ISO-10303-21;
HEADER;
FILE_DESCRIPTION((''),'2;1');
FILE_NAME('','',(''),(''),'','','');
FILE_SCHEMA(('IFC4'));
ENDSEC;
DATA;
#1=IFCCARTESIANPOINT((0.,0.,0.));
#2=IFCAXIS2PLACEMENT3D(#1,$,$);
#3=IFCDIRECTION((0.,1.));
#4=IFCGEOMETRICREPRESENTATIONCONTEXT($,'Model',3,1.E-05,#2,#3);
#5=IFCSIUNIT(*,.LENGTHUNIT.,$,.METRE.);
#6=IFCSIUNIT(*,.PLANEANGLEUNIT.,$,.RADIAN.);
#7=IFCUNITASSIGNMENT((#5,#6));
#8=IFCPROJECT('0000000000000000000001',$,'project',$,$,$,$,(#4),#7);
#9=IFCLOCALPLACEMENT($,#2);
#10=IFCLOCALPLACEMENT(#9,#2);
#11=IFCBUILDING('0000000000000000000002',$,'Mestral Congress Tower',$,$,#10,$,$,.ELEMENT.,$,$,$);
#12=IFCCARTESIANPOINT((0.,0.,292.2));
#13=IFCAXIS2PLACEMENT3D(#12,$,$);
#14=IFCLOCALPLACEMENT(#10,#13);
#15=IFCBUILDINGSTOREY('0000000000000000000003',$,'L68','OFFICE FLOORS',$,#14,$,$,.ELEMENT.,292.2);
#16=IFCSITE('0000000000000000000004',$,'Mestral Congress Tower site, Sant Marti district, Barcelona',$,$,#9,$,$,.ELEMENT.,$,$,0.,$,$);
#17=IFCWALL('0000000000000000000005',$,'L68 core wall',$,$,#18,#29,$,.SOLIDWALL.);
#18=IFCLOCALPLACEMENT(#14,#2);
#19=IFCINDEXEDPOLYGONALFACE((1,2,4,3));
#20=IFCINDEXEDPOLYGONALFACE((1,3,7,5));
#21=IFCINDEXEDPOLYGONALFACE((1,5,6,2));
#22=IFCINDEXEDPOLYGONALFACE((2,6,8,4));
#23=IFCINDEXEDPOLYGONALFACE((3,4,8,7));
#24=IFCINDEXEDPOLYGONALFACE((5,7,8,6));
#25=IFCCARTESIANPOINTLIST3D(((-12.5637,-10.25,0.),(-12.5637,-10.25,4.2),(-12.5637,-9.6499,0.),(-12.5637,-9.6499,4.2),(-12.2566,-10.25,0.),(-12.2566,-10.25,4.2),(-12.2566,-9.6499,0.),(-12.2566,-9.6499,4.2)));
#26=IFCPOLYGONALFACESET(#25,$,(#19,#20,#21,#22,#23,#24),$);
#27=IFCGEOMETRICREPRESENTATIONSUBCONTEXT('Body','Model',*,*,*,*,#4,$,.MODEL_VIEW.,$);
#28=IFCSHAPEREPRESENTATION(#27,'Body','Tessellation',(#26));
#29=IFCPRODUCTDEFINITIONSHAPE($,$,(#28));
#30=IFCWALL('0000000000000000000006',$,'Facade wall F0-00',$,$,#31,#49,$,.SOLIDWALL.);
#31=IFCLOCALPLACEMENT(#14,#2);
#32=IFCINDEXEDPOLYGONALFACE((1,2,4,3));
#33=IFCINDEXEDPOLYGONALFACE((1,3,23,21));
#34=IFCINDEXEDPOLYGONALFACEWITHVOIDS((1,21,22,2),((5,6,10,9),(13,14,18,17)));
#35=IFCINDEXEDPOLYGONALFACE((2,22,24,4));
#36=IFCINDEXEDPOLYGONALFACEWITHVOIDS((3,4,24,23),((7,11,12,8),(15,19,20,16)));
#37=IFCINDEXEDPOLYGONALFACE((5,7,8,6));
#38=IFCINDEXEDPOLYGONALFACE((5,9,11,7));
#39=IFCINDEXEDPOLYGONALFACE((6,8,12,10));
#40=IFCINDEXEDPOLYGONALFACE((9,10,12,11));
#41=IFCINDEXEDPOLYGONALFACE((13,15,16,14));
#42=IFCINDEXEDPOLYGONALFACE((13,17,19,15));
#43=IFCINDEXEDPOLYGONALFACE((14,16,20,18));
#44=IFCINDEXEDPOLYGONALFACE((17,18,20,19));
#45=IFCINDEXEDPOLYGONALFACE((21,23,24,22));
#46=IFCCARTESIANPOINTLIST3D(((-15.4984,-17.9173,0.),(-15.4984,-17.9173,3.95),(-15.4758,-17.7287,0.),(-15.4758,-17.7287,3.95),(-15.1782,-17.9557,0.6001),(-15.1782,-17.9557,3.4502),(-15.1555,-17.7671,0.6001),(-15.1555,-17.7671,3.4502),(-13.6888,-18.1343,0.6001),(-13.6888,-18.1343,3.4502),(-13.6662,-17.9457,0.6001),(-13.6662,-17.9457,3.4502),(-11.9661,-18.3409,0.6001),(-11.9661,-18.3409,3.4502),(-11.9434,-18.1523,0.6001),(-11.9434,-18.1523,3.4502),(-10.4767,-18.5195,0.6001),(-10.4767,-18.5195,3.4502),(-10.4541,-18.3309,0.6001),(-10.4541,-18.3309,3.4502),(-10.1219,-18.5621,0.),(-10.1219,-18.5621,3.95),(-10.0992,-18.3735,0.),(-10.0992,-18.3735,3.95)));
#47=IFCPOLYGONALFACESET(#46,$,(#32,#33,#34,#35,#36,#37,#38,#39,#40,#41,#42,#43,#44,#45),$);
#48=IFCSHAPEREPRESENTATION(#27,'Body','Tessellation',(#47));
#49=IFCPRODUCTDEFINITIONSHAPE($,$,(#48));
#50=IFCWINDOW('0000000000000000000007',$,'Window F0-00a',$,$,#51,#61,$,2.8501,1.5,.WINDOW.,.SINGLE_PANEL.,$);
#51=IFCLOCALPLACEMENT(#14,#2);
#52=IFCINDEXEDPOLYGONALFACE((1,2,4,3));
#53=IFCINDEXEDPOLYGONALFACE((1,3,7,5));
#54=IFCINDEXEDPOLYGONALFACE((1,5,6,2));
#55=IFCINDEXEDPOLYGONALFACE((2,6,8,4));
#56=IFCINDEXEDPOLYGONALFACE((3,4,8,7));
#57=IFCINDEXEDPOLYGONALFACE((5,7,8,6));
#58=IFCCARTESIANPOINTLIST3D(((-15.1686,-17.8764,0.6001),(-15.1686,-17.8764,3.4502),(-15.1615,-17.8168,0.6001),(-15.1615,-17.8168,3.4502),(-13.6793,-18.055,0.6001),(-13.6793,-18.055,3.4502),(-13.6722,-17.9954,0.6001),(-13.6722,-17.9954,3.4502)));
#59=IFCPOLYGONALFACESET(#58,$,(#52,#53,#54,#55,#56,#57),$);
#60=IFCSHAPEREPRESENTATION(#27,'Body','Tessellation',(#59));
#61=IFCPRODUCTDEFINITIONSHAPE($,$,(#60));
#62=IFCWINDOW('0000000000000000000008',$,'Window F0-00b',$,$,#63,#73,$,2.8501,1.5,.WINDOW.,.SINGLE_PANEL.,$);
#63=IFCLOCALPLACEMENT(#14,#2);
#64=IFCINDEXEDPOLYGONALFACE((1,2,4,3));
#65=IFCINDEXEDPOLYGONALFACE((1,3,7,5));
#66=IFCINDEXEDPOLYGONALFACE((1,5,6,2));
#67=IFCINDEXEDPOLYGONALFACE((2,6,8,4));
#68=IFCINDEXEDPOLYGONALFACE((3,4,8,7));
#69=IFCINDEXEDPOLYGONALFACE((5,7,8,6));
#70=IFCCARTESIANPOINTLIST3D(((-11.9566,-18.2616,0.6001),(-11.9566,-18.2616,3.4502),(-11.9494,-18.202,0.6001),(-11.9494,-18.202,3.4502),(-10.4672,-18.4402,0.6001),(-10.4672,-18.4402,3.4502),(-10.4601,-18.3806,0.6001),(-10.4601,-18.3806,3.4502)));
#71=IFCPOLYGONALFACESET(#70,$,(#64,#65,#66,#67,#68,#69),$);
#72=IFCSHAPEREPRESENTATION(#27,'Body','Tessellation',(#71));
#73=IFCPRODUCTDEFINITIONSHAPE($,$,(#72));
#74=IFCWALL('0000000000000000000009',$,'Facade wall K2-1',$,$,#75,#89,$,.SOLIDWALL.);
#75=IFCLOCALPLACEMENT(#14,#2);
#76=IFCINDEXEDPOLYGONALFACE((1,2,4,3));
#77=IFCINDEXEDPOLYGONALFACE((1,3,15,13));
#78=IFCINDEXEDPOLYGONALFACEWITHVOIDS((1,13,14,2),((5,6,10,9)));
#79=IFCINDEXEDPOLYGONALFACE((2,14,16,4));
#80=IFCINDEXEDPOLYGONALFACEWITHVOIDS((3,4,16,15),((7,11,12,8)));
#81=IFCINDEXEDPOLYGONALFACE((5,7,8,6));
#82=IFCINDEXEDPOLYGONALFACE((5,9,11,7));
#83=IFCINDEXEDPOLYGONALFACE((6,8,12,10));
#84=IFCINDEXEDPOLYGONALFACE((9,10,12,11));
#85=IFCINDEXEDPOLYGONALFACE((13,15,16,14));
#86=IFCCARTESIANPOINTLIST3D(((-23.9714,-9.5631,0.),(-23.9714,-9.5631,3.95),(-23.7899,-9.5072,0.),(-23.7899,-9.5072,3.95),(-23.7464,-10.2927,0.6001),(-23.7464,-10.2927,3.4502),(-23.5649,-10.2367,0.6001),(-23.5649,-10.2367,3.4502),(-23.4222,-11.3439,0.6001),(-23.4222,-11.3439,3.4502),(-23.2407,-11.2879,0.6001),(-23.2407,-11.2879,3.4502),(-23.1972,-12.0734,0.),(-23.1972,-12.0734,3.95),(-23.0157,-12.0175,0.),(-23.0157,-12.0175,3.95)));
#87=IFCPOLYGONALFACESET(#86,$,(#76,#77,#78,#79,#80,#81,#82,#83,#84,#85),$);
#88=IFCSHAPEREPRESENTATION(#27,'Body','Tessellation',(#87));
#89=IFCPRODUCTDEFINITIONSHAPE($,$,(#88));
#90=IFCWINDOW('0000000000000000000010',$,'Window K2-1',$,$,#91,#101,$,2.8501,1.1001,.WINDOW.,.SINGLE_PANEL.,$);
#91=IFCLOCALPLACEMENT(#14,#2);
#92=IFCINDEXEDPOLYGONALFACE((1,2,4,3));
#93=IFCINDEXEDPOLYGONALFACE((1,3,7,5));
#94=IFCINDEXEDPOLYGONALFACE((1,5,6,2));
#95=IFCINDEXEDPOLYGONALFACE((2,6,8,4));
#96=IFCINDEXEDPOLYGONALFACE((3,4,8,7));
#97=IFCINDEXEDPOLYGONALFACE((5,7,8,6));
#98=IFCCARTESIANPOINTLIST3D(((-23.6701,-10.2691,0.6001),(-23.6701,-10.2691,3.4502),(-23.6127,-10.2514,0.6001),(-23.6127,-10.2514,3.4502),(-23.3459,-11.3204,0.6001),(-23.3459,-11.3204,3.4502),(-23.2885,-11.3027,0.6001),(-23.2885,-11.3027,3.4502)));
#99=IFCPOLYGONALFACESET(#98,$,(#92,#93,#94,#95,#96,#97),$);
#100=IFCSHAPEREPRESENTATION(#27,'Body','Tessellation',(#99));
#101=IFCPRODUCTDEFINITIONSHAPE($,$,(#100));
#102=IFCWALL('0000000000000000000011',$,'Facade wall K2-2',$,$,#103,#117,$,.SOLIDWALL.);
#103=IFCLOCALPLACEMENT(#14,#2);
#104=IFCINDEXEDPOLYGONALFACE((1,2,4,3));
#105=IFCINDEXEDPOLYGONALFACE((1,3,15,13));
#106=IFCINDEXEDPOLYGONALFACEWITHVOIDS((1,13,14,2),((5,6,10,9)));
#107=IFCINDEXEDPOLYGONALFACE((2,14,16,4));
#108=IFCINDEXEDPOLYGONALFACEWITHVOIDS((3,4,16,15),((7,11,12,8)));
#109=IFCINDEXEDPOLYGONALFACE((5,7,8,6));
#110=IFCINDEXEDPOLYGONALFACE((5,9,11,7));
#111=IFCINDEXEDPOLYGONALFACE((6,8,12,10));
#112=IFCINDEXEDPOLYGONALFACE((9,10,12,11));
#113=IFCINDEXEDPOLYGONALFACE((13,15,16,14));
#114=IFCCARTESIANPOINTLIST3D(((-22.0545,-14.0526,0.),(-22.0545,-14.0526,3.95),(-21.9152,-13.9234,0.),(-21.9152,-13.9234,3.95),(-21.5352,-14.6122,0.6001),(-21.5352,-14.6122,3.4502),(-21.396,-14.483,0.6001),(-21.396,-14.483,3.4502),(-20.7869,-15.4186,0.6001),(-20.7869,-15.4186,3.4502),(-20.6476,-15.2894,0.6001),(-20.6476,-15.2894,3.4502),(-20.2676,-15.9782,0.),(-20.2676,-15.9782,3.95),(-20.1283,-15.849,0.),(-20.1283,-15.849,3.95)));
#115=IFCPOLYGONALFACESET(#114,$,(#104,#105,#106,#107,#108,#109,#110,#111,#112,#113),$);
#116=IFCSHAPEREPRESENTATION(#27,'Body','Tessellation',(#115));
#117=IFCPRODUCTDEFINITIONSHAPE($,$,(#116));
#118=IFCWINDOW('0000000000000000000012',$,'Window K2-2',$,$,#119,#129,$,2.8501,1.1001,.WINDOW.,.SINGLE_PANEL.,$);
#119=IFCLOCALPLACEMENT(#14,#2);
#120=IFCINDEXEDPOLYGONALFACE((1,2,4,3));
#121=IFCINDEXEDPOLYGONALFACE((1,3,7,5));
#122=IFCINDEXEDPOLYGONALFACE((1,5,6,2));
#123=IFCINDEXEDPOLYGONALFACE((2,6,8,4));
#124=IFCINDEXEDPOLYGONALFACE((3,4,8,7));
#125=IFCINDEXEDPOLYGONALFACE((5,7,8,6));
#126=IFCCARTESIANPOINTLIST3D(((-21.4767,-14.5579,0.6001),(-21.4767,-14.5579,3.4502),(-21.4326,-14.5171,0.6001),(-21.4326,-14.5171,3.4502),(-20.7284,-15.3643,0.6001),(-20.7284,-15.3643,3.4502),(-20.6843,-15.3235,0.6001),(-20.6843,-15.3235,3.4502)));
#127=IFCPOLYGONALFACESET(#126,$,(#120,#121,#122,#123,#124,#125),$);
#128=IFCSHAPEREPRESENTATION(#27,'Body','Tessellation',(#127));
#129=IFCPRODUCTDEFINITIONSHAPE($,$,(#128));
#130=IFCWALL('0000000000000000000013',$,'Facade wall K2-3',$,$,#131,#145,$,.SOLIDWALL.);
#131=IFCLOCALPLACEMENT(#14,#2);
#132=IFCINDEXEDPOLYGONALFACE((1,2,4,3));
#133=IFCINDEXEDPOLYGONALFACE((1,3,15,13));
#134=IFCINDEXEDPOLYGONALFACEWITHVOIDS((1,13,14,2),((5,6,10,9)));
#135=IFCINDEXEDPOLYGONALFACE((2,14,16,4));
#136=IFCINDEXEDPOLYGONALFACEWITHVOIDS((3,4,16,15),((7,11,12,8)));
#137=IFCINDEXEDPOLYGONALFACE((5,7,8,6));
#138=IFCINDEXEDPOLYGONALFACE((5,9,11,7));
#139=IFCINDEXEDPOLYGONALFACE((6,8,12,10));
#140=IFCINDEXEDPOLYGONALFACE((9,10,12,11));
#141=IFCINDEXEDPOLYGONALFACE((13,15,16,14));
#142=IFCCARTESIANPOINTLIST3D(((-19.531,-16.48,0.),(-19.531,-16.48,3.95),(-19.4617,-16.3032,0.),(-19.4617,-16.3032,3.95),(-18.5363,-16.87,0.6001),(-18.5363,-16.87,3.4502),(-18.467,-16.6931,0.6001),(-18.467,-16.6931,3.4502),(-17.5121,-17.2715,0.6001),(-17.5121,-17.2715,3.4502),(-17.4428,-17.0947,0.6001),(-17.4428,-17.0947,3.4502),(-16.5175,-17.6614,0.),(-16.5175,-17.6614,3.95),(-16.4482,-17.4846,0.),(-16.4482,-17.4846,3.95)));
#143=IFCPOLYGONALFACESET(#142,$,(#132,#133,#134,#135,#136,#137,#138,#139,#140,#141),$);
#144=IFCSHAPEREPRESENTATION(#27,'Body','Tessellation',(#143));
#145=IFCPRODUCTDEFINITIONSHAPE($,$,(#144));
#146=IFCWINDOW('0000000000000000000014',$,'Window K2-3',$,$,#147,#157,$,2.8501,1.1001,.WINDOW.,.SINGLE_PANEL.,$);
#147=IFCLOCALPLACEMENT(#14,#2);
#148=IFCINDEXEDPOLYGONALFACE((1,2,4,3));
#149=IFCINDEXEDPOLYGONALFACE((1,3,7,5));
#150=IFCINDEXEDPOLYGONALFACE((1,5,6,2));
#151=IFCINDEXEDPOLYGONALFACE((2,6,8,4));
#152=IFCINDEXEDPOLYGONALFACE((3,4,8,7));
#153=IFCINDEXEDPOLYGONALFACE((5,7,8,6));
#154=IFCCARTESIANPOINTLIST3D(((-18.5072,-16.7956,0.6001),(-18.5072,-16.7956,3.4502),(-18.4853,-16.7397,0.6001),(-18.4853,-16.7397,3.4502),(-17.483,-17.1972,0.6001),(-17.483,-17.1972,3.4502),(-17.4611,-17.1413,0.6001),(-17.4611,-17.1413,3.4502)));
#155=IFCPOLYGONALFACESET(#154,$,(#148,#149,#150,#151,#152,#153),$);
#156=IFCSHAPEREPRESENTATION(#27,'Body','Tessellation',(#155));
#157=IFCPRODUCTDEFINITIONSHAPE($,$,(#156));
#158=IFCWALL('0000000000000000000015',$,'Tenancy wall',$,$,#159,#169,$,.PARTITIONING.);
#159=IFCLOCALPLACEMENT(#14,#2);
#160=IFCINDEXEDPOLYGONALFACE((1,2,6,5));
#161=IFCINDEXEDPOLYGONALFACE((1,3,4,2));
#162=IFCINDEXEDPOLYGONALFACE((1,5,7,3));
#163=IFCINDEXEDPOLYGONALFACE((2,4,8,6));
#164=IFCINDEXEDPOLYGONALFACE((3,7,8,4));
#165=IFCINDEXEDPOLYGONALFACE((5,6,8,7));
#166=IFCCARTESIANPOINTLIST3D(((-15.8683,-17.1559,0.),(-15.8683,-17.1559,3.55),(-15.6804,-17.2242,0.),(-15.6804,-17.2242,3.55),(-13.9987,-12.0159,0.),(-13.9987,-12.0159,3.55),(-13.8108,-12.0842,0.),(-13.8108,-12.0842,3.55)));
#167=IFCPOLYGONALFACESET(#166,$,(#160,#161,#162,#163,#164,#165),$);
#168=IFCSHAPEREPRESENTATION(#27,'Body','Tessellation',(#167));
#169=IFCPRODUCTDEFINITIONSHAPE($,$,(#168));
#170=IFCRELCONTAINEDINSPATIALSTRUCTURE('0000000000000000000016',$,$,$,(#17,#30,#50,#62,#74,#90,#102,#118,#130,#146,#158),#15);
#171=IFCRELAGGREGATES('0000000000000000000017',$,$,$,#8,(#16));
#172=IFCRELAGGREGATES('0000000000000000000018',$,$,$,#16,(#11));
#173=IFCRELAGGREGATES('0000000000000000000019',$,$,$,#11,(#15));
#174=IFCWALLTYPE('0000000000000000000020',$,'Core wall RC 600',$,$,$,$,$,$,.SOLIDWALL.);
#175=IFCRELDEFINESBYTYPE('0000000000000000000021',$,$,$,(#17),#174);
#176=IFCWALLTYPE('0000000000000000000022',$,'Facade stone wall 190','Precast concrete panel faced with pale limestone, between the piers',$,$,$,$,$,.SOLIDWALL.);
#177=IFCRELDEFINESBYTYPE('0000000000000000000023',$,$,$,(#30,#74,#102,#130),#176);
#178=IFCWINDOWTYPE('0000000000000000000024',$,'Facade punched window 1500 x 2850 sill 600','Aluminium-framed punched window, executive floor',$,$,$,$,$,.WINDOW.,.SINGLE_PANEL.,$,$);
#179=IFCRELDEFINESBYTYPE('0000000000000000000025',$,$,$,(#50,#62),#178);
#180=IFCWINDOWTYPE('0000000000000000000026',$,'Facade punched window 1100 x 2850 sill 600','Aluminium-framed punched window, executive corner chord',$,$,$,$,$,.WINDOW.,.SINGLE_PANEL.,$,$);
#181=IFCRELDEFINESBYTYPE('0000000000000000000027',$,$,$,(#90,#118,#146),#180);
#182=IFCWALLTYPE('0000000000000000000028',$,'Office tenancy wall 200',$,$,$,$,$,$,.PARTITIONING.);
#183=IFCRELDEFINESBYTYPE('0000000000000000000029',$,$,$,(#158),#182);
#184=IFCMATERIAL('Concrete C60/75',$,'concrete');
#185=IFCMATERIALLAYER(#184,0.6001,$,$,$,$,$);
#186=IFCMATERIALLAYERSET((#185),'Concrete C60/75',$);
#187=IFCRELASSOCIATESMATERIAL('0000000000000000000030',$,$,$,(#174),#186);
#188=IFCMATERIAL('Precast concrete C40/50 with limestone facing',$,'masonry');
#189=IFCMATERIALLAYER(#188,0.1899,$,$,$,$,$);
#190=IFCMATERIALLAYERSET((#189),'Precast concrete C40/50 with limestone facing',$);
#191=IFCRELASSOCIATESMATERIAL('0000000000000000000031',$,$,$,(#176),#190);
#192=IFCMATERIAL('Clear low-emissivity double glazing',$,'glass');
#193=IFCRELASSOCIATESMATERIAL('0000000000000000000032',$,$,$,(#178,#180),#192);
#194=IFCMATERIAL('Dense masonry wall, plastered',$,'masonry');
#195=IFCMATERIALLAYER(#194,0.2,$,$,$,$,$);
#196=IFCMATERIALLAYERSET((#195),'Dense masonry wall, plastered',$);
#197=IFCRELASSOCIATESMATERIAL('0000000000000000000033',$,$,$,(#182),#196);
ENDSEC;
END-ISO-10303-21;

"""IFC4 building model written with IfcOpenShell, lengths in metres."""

from ifc_helpers import new_model, si_unit, direction, frame, frame_2d, origin, place, context, subcontext, project, spatial, rectangle, extrude, material, layer, layer_set, type_object, element, fill, save


model = new_model("IFC4")

# Units and contexts
model_context = context("Model", 3, precision=1e-05, world=origin(), true_north=direction((0.0, 1.0)))
body_context = subcontext(model_context, "Body", "Model", "MODEL_VIEW")
ifc_project = project(units=[si_unit("LENGTHUNIT", "METRE"), si_unit("PLANEANGLEUNIT", "RADIAN")], contexts=[model_context])

# Site, building, storey
site_placement = place(None, origin())
site = spatial("IfcSite", under=ifc_project, at=site_placement, Name="Mestral Congress Tower site, Sant Marti district, Barcelona", CompositionType="ELEMENT", RefElevation=0.0)
building_placement = place(site_placement, origin())
building = spatial("IfcBuilding", under=site, at=building_placement, Name="Mestral Congress Tower", CompositionType="ELEMENT")
storey_placement = place(building_placement, frame((0.0, 0.0, 292.2)))
storey = spatial("IfcBuildingStorey", under=building, at=storey_placement, Name="L68", Description="OFFICE FLOORS", CompositionType="ELEMENT", Elevation=292.2)

# Shared definitions
ifc_material_1 = material(Name="Concrete C60/75", Category="concrete")

# Wall
ifc_layer_1 = layer(ifc_material_1, 0.6001)
ifc_layer_set_1 = layer_set([ifc_layer_1], Name="Concrete C60/75")
wall_type_1 = type_object("IfcWallType", Name="Core wall RC 600", PredefinedType="SOLIDWALL", material=ifc_layer_set_1)
wall_1_placement = place(storey_placement, frame((-12.2566, -9.95, 0.0), z_axis=(0.0, 0.0, 1.0), x_axis=(-1.0, 0.0, 0.0)))
element("IfcWall", 1, at=wall_1_placement, inside=storey, type_object=wall_type_1, Name="L68 core wall", PredefinedType="SOLIDWALL", context=body_context, shape_type="SweptSolid", body=[
    extrude(rectangle(XDim=0.3071, YDim=0.6001, at=frame_2d((0.1536, 0.0))), origin(), (0.0, 0.0, 1.0), 4.2),
])

# Wall, openings, windows
ifc_material_2 = material(Name="Precast concrete C40/50 with limestone facing", Category="masonry")
ifc_layer_2 = layer(ifc_material_2, 0.1899)
ifc_layer_set_2 = layer_set([ifc_layer_2], Name="Precast concrete C40/50 with limestone facing")
wall_type_2 = type_object("IfcWallType", Name="Facade stone wall 190", Description="Precast concrete panel faced with pale limestone, between the piers", PredefinedType="SOLIDWALL", material=ifc_layer_set_2)
wall_2_placement = place(storey_placement, frame((-15.4871, -17.823, 0.0), z_axis=(0.0, 0.0, 1.0), x_axis=(0.992886, -0.119072, 0.0)))
wall_2 = element("IfcWall", 2, at=wall_2_placement, inside=storey, type_object=wall_type_2, Name="Facade wall F0-00", PredefinedType="SOLIDWALL", context=body_context, shape_type="SweptSolid", body=[
    extrude(rectangle(XDim=5.415, YDim=0.1899, at=frame_2d((2.7075, 0.0))), origin(), (0.0, 0.0, 1.0), 3.95),
])
opening_1_placement = place(wall_2_placement, frame((0.3225, 0.0, 0.6001)))
opening_1 = element("IfcOpeningElement", 3, at=opening_1_placement, cuts=wall_2, PredefinedType="OPENING", context=body_context, shape_type="SweptSolid", body=[
    extrude(rectangle(XDim=1.5, YDim=2.8501, at=frame_2d((0.75, 1.425))), frame((0.0, 0.105, 0.0), z_axis=(0.0, -1.0, 0.0), x_axis=(1.0, 0.0, 0.0)), (0.0, 0.0, 1.0), 0.21),
])
opening_2_placement = place(wall_2_placement, frame((3.5576, 0.0, 0.6001)))
opening_2 = element("IfcOpeningElement", 4, at=opening_2_placement, cuts=wall_2, PredefinedType="OPENING", context=body_context, shape_type="SweptSolid", body=[
    extrude(rectangle(XDim=1.5, YDim=2.8501, at=frame_2d((0.75, 1.425))), frame((0.0, 0.105, 0.0), z_axis=(0.0, -1.0, 0.0), x_axis=(1.0, 0.0, 0.0)), (0.0, 0.0, 1.0), 0.21),
])
ifc_material_3 = material(Name="Clear low-emissivity double glazing", Category="glass")
window_type_1 = type_object("IfcWindowType", Name="Facade punched window 1500 x 2850 sill 600", Description="Aluminium-framed punched window, executive floor", PartitioningType="SINGLE_PANEL", PredefinedType="WINDOW", material=ifc_material_3)
window_1_placement = place(opening_1_placement, origin())
window_1 = element("IfcWindow", 5, at=window_1_placement, inside=storey, type_object=window_type_1, Name="Window F0-00a", OverallHeight=2.8501, OverallWidth=1.5, PartitioningType="SINGLE_PANEL", PredefinedType="WINDOW", context=body_context, shape_type="SweptSolid", body=[
    extrude(rectangle(XDim=1.5, YDim=2.8501, at=frame_2d((0.75, 1.425))), frame((0.0, 0.0449, 0.0), z_axis=(0.0, -1.0, 0.0), x_axis=(1.0, 0.0, 0.0)), (0.0, 0.0, 1.0), 0.0601),
])
fill(opening_1, window_1)
window_2_placement = place(opening_2_placement, origin())
window_2 = element("IfcWindow", 6, at=window_2_placement, inside=storey, type_object=window_type_1, Name="Window F0-00b", OverallHeight=2.8501, OverallWidth=1.5, PartitioningType="SINGLE_PANEL", PredefinedType="WINDOW", context=body_context, shape_type="SweptSolid", body=[
    extrude(rectangle(XDim=1.5, YDim=2.8501, at=frame_2d((0.75, 1.425))), frame((0.0, 0.0449, 0.0), z_axis=(0.0, -1.0, 0.0), x_axis=(1.0, 0.0, 0.0)), (0.0, 0.0, 1.0), 0.0601),
])
fill(opening_2, window_2)

# Walls, openings, windows
wall_3_placement = place(storey_placement, frame((-23.8806, -9.5352, 0.0), z_axis=(0.0, 0.0, 1.0), x_axis=(0.294706, -0.955588, 0.0)))
wall_3 = element("IfcWall", 7, at=wall_3_placement, inside=storey, type_object=wall_type_2, Name="Facade wall K2-1", PredefinedType="SOLIDWALL", context=body_context, shape_type="SweptSolid", body=[
    extrude(rectangle(XDim=2.627, YDim=0.1899, at=frame_2d((1.3135, 0.0))), origin(), (0.0, 0.0, 1.0), 3.95),
])
opening_3_placement = place(wall_3_placement, frame((0.7634, 0.0, 0.6001)))
opening_3 = element("IfcOpeningElement", 8, at=opening_3_placement, cuts=wall_3, PredefinedType="OPENING", context=body_context, shape_type="SweptSolid", body=[
    extrude(rectangle(XDim=1.1001, YDim=2.8501, at=frame_2d((0.55, 1.425))), frame((0.0, 0.105, 0.0), z_axis=(0.0, -1.0, 0.0), x_axis=(1.0, 0.0, 0.0)), (0.0, 0.0, 1.0), 0.21),
])
window_type_2 = type_object("IfcWindowType", Name="Facade punched window 1100 x 2850 sill 600", Description="Aluminium-framed punched window, executive corner chord", PartitioningType="SINGLE_PANEL", PredefinedType="WINDOW", material=ifc_material_3)
window_3_placement = place(opening_3_placement, origin())
window_3 = element("IfcWindow", 9, at=window_3_placement, inside=storey, type_object=window_type_2, Name="Window K2-1", OverallHeight=2.8501, OverallWidth=1.1001, PartitioningType="SINGLE_PANEL", PredefinedType="WINDOW", context=body_context, shape_type="SweptSolid", body=[
    extrude(rectangle(XDim=1.1001, YDim=2.8501, at=frame_2d((0.55, 1.425))), frame((0.0, 0.0449, 0.0), z_axis=(0.0, -1.0, 0.0), x_axis=(1.0, 0.0, 0.0)), (0.0, 0.0, 1.0), 0.0601),
])
fill(opening_3, window_3)
wall_4_placement = place(storey_placement, frame((-21.9849, -13.988, 0.0), z_axis=(0.0, 0.0, 1.0), x_axis=(0.680219, -0.733009, 0.0)))
wall_4 = element("IfcWall", 10, at=wall_4_placement, inside=storey, type_object=wall_type_2, Name="Facade wall K2-2", PredefinedType="SOLIDWALL", context=body_context, shape_type="SweptSolid", body=[
    extrude(rectangle(XDim=2.627, YDim=0.1899, at=frame_2d((1.3135, 0.0))), origin(), (0.0, 0.0, 1.0), 3.95),
])
opening_4_placement = place(wall_4_placement, frame((0.7634, 0.0, 0.6001)))
opening_4 = element("IfcOpeningElement", 11, at=opening_4_placement, cuts=wall_4, PredefinedType="OPENING", context=body_context, shape_type="SweptSolid", body=[
    extrude(rectangle(XDim=1.1001, YDim=2.8501, at=frame_2d((0.55, 1.425))), frame((0.0, 0.105, 0.0), z_axis=(0.0, -1.0, 0.0), x_axis=(1.0, 0.0, 0.0)), (0.0, 0.0, 1.0), 0.21),
])
window_4_placement = place(opening_4_placement, origin())
window_4 = element("IfcWindow", 12, at=window_4_placement, inside=storey, type_object=window_type_2, Name="Window K2-2", OverallHeight=2.8501, OverallWidth=1.1001, PartitioningType="SINGLE_PANEL", PredefinedType="WINDOW", context=body_context, shape_type="SweptSolid", body=[
    extrude(rectangle(XDim=1.1001, YDim=2.8501, at=frame_2d((0.55, 1.425))), frame((0.0, 0.0449, 0.0), z_axis=(0.0, -1.0, 0.0), x_axis=(1.0, 0.0, 0.0)), (0.0, 0.0, 1.0), 0.0601),
])
fill(opening_4, window_4)
wall_5_placement = place(storey_placement, frame((-19.4963, -16.3916, 0.0), z_axis=(0.0, 0.0, 1.0), x_axis=(0.931009, -0.364997, 0.0)))
wall_5 = element("IfcWall", 13, at=wall_5_placement, inside=storey, type_object=wall_type_2, Name="Facade wall K2-3", PredefinedType="SOLIDWALL", context=body_context, shape_type="SweptSolid", body=[
    extrude(rectangle(XDim=3.2368, YDim=0.1899, at=frame_2d((1.6184, 0.0))), origin(), (0.0, 0.0, 1.0), 3.95),
])
opening_5_placement = place(wall_5_placement, frame((1.0684, 0.0, 0.6001)))
opening_5 = element("IfcOpeningElement", 14, at=opening_5_placement, cuts=wall_5, PredefinedType="OPENING", context=body_context, shape_type="SweptSolid", body=[
    extrude(rectangle(XDim=1.1001, YDim=2.8501, at=frame_2d((0.55, 1.425))), frame((0.0, 0.105, 0.0), z_axis=(0.0, -1.0, 0.0), x_axis=(1.0, 0.0, 0.0)), (0.0, 0.0, 1.0), 0.21),
])
window_5_placement = place(opening_5_placement, origin())
window_5 = element("IfcWindow", 15, at=window_5_placement, inside=storey, type_object=window_type_2, Name="Window K2-3", OverallHeight=2.8501, OverallWidth=1.1001, PartitioningType="SINGLE_PANEL", PredefinedType="WINDOW", context=body_context, shape_type="SweptSolid", body=[
    extrude(rectangle(XDim=1.1001, YDim=2.8501, at=frame_2d((0.55, 1.425))), frame((0.0, 0.0449, 0.0), z_axis=(0.0, -1.0, 0.0), x_axis=(1.0, 0.0, 0.0)), (0.0, 0.0, 1.0), 0.0601),
])
fill(opening_5, window_5)

# Wall
ifc_material_4 = material(Name="Dense masonry wall, plastered", Category="masonry")
ifc_layer_3 = layer(ifc_material_4, 0.2)
ifc_layer_set_3 = layer_set([ifc_layer_3], Name="Dense masonry wall, plastered")
wall_type_3 = type_object("IfcWallType", Name="Office tenancy wall 200", PredefinedType="PARTITIONING", material=ifc_layer_set_3)
wall_6_placement = place(storey_placement, frame((-15.7744, -17.1902, 0.0), z_axis=(0.0, 0.0, 1.0), x_axis=(0.341822, 0.939765, 0.0)))
element("IfcWall", 16, at=wall_6_placement, inside=storey, type_object=wall_type_3, Name="Tenancy wall", PredefinedType="PARTITIONING", context=body_context, shape_type="SweptSolid", body=[
    extrude(rectangle(XDim=5.4695, YDim=0.2, at=frame_2d((2.7349, 0.0))), origin(), (0.0, 0.0, 1.0), 3.55),
])

save(model, "model.ifc")
